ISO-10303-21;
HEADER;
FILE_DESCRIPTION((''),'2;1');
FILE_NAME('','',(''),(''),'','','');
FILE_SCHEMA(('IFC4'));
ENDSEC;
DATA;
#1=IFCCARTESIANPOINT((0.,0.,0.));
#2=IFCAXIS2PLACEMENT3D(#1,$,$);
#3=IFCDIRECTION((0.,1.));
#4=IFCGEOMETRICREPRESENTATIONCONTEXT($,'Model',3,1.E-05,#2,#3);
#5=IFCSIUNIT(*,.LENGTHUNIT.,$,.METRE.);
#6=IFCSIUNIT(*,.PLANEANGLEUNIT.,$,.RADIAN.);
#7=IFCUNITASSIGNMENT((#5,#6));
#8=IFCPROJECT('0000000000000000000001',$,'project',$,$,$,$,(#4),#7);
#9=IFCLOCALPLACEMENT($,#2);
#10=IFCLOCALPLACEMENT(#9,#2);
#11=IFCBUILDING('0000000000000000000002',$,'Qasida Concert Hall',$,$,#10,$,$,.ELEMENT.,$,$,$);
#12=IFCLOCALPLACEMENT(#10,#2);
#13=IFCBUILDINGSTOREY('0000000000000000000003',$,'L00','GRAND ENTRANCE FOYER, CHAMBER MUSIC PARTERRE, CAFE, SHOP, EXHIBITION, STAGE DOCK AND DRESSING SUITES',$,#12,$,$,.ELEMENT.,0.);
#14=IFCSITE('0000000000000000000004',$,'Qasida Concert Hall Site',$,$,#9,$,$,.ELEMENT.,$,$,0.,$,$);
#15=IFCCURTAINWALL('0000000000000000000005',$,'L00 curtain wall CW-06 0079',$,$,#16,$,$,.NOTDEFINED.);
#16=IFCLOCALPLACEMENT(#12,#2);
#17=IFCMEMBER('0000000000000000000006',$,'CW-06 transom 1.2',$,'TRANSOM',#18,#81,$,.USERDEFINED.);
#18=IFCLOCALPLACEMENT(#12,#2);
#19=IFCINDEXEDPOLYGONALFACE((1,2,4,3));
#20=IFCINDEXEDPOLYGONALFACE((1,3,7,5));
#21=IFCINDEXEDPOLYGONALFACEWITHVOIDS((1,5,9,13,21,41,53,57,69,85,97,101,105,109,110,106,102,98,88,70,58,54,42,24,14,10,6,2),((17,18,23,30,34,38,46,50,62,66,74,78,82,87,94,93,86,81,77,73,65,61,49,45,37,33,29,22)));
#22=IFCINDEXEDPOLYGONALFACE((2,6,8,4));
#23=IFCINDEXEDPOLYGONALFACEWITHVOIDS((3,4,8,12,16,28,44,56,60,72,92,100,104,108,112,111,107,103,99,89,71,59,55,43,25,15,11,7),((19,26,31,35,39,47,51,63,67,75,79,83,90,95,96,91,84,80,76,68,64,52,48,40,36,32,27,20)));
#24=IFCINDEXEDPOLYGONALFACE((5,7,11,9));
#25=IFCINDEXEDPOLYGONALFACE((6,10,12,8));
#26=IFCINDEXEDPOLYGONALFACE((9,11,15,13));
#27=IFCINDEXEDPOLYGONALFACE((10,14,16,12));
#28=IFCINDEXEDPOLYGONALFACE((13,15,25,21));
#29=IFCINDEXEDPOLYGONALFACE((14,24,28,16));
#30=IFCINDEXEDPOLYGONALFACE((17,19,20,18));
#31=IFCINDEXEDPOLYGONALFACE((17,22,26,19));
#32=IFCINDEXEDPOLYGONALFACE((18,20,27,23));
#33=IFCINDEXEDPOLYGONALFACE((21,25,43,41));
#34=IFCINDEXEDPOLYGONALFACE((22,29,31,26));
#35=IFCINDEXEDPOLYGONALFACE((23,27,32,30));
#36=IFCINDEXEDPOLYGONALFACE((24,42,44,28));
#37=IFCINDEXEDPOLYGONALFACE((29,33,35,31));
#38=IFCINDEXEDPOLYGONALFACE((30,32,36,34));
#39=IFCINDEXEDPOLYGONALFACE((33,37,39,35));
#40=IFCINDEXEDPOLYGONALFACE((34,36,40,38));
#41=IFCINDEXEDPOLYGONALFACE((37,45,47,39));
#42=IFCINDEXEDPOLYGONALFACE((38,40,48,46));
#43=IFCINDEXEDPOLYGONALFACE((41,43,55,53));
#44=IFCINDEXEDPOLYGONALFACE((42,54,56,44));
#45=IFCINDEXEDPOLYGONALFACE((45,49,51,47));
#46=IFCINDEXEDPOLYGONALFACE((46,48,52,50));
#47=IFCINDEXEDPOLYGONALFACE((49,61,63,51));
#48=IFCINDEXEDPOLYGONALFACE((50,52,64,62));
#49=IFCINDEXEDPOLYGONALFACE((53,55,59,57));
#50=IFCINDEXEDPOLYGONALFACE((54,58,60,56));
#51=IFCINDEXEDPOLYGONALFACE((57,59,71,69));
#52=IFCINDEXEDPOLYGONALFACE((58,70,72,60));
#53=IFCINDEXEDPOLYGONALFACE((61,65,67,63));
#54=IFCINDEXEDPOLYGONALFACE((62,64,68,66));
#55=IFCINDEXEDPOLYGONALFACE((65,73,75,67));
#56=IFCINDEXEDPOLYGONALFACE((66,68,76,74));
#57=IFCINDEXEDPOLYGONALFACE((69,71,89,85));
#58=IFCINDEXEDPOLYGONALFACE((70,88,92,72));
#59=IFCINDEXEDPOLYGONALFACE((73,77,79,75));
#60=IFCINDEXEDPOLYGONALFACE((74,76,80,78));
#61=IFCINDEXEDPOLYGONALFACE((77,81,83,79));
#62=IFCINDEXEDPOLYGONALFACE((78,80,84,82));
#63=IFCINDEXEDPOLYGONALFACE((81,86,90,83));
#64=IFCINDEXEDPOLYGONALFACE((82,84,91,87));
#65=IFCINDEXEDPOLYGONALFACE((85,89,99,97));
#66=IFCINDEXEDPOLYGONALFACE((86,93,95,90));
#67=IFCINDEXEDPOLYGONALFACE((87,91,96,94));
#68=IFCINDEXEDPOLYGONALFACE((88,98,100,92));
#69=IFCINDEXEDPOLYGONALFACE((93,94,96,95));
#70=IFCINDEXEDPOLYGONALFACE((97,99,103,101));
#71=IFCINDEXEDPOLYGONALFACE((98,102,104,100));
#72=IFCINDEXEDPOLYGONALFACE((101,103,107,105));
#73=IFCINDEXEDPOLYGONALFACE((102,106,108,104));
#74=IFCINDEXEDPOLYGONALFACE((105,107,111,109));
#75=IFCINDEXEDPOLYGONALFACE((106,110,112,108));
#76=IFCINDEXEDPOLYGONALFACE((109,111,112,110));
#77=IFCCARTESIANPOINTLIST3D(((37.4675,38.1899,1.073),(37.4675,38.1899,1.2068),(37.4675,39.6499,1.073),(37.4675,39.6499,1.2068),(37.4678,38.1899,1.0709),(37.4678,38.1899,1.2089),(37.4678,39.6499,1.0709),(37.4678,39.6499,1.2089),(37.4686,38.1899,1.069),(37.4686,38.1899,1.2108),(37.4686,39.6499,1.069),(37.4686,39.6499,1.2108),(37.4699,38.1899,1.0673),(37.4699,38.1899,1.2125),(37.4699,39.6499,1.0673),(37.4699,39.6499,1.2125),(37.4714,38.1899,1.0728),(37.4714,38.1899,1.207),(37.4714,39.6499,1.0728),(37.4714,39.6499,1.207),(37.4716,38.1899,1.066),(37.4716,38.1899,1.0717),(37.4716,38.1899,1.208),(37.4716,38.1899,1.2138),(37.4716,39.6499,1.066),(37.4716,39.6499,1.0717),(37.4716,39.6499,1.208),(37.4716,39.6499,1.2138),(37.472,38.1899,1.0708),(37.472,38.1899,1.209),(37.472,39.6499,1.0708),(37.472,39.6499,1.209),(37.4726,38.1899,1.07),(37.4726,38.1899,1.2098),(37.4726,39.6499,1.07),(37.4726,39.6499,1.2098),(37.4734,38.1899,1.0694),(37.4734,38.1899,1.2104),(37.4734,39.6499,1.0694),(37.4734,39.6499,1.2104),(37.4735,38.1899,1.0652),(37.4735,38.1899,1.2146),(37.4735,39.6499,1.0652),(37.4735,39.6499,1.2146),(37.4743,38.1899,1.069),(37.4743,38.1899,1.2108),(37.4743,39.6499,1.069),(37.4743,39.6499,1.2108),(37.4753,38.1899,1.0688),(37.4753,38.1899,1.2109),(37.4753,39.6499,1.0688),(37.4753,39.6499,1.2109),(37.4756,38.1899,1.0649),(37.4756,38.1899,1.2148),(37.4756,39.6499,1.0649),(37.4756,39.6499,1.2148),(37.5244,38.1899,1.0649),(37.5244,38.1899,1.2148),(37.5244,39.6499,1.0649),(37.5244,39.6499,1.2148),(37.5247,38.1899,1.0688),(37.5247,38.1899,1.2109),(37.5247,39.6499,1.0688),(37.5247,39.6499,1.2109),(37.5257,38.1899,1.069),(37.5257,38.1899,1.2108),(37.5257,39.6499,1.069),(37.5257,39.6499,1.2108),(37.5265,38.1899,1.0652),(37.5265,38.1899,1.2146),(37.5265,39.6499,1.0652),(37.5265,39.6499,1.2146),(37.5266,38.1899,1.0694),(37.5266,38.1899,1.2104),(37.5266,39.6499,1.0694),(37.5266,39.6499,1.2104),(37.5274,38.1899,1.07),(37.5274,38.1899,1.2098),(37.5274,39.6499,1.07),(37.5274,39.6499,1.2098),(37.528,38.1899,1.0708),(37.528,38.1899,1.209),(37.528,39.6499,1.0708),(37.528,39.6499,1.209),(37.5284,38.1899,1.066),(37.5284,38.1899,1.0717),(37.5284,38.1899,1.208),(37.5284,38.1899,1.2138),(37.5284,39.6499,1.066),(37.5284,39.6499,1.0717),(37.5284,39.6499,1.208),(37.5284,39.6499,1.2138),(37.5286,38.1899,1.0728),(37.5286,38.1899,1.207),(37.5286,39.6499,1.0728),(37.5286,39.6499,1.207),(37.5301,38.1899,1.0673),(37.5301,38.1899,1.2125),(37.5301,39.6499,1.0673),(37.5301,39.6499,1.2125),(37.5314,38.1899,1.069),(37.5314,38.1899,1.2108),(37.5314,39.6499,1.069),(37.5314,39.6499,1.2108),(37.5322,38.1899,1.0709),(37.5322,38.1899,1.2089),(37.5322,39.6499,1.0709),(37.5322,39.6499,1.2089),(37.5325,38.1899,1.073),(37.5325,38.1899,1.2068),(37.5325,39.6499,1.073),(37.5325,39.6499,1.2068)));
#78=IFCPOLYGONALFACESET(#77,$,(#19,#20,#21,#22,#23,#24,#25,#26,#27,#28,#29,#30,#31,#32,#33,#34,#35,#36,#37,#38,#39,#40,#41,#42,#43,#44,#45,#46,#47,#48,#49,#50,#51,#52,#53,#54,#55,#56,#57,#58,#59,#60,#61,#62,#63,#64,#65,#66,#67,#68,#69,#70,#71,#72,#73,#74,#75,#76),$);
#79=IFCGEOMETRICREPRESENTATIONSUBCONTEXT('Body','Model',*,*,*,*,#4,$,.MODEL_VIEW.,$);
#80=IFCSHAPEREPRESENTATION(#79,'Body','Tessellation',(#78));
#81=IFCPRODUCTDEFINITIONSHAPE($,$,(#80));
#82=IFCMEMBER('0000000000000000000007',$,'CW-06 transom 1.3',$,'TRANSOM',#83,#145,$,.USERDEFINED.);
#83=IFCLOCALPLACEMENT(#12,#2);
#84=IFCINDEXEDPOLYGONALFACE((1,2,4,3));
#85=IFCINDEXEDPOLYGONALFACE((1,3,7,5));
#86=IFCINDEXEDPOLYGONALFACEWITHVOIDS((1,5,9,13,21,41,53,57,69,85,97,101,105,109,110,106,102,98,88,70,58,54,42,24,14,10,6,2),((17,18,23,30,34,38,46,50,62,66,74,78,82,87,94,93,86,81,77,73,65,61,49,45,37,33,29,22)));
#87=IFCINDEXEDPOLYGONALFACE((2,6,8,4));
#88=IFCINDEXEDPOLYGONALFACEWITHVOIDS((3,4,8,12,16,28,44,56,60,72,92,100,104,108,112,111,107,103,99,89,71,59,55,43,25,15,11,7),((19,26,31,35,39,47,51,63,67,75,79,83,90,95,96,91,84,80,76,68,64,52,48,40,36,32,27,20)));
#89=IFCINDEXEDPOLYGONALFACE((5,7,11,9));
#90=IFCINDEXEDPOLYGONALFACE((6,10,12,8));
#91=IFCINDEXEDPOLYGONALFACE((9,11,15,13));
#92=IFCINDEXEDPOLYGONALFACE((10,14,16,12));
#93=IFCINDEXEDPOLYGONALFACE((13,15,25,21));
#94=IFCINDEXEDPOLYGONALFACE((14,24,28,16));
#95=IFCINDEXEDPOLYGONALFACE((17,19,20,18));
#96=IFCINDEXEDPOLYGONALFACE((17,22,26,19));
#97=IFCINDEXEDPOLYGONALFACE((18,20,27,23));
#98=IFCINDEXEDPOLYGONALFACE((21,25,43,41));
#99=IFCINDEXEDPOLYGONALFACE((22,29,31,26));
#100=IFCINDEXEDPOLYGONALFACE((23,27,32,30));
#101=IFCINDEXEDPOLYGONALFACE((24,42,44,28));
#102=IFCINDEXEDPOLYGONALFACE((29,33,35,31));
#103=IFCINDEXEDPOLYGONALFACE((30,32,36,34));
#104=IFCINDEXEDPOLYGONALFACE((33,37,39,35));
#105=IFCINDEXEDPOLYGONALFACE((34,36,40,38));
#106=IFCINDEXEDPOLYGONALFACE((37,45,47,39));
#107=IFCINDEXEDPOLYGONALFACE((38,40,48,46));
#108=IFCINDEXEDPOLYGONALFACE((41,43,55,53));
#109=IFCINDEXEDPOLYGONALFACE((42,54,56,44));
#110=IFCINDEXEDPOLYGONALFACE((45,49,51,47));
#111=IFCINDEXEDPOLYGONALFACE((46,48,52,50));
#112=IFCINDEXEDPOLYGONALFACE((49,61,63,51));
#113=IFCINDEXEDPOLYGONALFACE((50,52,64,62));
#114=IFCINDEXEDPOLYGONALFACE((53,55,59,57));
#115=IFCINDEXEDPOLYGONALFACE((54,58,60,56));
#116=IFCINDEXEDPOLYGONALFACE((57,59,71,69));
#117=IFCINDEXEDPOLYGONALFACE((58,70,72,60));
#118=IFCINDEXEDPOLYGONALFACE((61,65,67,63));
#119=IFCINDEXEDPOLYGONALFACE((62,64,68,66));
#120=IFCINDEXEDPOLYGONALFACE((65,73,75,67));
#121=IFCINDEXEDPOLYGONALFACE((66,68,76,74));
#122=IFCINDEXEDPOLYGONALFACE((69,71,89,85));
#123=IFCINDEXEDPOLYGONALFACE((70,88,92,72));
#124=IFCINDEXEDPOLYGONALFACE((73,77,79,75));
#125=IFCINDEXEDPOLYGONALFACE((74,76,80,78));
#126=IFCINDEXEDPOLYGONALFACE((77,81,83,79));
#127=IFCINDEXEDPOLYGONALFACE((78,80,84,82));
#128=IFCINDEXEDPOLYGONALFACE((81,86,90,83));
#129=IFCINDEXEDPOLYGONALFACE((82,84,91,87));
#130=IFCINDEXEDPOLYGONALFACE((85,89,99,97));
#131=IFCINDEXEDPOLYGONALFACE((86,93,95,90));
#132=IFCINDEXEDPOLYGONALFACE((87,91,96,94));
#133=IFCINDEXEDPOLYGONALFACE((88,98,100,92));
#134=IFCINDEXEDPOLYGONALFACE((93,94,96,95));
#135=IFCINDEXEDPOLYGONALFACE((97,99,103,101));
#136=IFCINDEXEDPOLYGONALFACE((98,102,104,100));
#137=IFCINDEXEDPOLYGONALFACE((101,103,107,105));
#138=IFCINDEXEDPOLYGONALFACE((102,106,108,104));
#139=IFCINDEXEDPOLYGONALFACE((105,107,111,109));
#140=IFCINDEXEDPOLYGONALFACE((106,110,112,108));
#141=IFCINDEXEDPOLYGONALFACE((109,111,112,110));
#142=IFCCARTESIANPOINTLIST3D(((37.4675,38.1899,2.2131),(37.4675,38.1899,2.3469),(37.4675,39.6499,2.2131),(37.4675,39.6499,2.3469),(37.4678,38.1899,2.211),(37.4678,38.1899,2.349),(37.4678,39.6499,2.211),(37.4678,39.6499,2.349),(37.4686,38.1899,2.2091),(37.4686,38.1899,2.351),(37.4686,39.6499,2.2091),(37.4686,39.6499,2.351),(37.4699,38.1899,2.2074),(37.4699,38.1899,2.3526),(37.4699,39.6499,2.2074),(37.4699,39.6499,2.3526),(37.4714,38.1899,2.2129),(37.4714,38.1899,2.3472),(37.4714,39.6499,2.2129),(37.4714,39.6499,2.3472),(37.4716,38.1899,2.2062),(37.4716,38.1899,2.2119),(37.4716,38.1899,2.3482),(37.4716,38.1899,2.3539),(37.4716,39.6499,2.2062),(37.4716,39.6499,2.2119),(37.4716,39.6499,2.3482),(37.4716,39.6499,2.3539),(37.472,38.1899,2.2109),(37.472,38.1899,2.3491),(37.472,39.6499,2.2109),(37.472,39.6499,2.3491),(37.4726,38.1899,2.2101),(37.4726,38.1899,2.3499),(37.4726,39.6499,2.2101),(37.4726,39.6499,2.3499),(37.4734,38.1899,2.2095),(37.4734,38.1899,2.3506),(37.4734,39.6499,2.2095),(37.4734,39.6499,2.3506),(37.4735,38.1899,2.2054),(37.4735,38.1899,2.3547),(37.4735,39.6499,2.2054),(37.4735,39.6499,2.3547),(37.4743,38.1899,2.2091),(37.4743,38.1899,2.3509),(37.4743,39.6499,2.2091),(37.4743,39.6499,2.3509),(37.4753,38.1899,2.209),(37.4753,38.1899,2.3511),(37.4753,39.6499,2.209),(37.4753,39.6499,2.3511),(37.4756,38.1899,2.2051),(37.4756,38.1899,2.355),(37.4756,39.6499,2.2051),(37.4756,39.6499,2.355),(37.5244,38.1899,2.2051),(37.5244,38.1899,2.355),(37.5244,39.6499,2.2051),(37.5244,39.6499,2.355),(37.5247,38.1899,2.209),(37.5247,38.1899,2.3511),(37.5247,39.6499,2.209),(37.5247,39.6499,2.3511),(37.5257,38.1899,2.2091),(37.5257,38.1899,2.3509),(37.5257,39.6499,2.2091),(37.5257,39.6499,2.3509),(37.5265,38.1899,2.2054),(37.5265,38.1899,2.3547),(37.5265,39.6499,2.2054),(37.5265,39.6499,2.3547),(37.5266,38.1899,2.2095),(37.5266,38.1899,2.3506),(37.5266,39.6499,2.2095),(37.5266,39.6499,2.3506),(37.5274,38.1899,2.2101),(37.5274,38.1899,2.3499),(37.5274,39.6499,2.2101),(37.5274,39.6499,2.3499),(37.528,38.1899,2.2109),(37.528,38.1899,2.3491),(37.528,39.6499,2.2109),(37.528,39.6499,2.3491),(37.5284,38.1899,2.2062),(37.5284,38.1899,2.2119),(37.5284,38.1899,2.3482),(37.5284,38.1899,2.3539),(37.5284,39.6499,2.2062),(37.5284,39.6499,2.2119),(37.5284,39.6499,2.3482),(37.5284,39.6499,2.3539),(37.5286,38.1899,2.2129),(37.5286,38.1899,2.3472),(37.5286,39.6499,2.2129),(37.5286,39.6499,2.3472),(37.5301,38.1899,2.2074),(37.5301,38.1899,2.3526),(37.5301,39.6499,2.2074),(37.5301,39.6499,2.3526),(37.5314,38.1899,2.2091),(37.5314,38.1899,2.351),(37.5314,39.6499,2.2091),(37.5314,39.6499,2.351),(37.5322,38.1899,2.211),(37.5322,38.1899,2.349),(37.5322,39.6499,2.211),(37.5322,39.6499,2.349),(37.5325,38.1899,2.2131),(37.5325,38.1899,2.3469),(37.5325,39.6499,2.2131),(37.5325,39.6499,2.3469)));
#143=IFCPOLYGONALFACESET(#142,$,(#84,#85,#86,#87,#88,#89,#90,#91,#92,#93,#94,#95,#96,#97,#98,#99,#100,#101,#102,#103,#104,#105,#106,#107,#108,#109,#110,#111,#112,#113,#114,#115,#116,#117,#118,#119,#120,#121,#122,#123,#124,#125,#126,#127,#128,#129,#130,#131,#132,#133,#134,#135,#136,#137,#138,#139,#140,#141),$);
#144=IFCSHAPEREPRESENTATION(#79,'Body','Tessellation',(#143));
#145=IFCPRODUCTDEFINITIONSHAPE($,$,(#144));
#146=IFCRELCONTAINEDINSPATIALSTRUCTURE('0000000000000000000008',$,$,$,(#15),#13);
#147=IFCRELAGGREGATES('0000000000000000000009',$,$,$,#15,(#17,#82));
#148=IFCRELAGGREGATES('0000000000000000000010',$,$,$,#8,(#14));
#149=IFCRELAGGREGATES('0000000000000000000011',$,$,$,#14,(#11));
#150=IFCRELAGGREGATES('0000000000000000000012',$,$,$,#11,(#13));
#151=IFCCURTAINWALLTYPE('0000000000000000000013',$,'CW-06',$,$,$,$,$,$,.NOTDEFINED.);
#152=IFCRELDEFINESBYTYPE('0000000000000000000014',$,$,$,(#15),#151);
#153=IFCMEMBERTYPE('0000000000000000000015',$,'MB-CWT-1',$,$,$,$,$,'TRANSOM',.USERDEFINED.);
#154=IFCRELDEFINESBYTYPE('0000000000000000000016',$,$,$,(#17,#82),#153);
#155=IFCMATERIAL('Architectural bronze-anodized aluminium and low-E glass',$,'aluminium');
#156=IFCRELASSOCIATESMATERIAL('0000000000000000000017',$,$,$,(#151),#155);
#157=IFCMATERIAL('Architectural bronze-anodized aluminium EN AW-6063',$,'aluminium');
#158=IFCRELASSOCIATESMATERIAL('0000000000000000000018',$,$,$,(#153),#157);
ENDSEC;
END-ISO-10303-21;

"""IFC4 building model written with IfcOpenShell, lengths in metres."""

from ifc_helpers import new_model, si_unit, direction, frame, origin, origin_2d, place, context, subcontext, project, spatial, hollow_rectangle, extrude, material, material_profile, profile_set, type_object, element, aggregate, save


model = new_model("IFC4")

# Units and contexts
model_context = context("Model", 3, precision=1e-05, world=origin(), true_north=direction((0.0, 1.0)))
body_context = subcontext(model_context, "Body", "Model", "MODEL_VIEW")
ifc_project = project(units=[si_unit("LENGTHUNIT", "METRE"), si_unit("PLANEANGLEUNIT", "RADIAN")], contexts=[model_context])

# Site, building, storey
site_placement = place(None, origin())
site = spatial("IfcSite", under=ifc_project, at=site_placement, Name="Qasida Concert Hall Site", CompositionType="ELEMENT", RefElevation=0.0)
building_placement = place(site_placement, origin())
building = spatial("IfcBuilding", under=site, at=building_placement, Name="Qasida Concert Hall", CompositionType="ELEMENT")
storey_placement = place(building_placement, origin())
storey = spatial("IfcBuildingStorey", under=building, at=storey_placement, Name="L00", Description="GRAND ENTRANCE FOYER, CHAMBER MUSIC PARTERRE, CAFE, SHOP, EXHIBITION, STAGE DOCK AND DRESSING SUITES", CompositionType="ELEMENT", Elevation=0.0)

# Curtain wall
ifc_material_1 = material(Name="Architectural bronze-anodized aluminium and low-E glass", Category="aluminium")
curtain_wall_type_1 = type_object("IfcCurtainWallType", Name="CW-06", PredefinedType="NOTDEFINED", material=ifc_material_1)
curtain_wall_1_placement = place(storey_placement, origin())
curtain_wall_1 = element("IfcCurtainWall", 1, at=curtain_wall_1_placement, inside=storey, type_object=curtain_wall_type_1, Name="L00 curtain wall CW-06 0079", PredefinedType="NOTDEFINED")
ifc_material_2 = material(Name="Architectural bronze-anodized aluminium EN AW-6063", Category="aluminium")

# Members
ifc_material_profile_1 = material_profile(ifc_material_2, hollow_rectangle(XDim=0.0649, YDim=0.1499, WallThickness=0.0039, InnerFilletRadius=0.0039, OuterFilletRadius=0.0081, at=origin_2d()), Name="CWT 150x65x4")
ifc_profile_set_1 = profile_set([ifc_material_profile_1], Name="Architectural bronze-anodized aluminium EN AW-6063")
member_type_1 = type_object("IfcMemberType", Name="MB-CWT-1", ElementType="TRANSOM", PredefinedType="USERDEFINED", material=ifc_profile_set_1)
member_1_placement = place(storey_placement, frame((37.5, 38.1899, 1.1399), z_axis=(0.0, 1.0, 0.0), x_axis=(-1.0, 0.0, 0.0)))
member_1 = element("IfcMember", 2, at=member_1_placement, type_object=member_type_1, Name="CW-06 transom 1.2", ObjectType="TRANSOM", PredefinedType="USERDEFINED", context=body_context, shape_type="SweptSolid", body=[
    extrude(hollow_rectangle(XDim=0.0649, YDim=0.1499, WallThickness=0.0039, InnerFilletRadius=0.0039, OuterFilletRadius=0.0081, at=origin_2d()), origin(), (0.0, 0.0, 1.0), 1.46),
])
member_2_placement = place(storey_placement, frame((37.5, 38.1899, 2.28), z_axis=(0.0, 1.0, 0.0), x_axis=(-1.0, 0.0, 0.0)))
member_2 = element("IfcMember", 3, at=member_2_placement, type_object=member_type_1, Name="CW-06 transom 1.3", ObjectType="TRANSOM", PredefinedType="USERDEFINED", context=body_context, shape_type="SweptSolid", body=[
    extrude(hollow_rectangle(XDim=0.0649, YDim=0.1499, WallThickness=0.0039, InnerFilletRadius=0.0039, OuterFilletRadius=0.0081, at=origin_2d()), origin(), (0.0, 0.0, 1.0), 1.46),
])

aggregate(curtain_wall_1, [member_1, member_2])

save(model, "model.ifc")
